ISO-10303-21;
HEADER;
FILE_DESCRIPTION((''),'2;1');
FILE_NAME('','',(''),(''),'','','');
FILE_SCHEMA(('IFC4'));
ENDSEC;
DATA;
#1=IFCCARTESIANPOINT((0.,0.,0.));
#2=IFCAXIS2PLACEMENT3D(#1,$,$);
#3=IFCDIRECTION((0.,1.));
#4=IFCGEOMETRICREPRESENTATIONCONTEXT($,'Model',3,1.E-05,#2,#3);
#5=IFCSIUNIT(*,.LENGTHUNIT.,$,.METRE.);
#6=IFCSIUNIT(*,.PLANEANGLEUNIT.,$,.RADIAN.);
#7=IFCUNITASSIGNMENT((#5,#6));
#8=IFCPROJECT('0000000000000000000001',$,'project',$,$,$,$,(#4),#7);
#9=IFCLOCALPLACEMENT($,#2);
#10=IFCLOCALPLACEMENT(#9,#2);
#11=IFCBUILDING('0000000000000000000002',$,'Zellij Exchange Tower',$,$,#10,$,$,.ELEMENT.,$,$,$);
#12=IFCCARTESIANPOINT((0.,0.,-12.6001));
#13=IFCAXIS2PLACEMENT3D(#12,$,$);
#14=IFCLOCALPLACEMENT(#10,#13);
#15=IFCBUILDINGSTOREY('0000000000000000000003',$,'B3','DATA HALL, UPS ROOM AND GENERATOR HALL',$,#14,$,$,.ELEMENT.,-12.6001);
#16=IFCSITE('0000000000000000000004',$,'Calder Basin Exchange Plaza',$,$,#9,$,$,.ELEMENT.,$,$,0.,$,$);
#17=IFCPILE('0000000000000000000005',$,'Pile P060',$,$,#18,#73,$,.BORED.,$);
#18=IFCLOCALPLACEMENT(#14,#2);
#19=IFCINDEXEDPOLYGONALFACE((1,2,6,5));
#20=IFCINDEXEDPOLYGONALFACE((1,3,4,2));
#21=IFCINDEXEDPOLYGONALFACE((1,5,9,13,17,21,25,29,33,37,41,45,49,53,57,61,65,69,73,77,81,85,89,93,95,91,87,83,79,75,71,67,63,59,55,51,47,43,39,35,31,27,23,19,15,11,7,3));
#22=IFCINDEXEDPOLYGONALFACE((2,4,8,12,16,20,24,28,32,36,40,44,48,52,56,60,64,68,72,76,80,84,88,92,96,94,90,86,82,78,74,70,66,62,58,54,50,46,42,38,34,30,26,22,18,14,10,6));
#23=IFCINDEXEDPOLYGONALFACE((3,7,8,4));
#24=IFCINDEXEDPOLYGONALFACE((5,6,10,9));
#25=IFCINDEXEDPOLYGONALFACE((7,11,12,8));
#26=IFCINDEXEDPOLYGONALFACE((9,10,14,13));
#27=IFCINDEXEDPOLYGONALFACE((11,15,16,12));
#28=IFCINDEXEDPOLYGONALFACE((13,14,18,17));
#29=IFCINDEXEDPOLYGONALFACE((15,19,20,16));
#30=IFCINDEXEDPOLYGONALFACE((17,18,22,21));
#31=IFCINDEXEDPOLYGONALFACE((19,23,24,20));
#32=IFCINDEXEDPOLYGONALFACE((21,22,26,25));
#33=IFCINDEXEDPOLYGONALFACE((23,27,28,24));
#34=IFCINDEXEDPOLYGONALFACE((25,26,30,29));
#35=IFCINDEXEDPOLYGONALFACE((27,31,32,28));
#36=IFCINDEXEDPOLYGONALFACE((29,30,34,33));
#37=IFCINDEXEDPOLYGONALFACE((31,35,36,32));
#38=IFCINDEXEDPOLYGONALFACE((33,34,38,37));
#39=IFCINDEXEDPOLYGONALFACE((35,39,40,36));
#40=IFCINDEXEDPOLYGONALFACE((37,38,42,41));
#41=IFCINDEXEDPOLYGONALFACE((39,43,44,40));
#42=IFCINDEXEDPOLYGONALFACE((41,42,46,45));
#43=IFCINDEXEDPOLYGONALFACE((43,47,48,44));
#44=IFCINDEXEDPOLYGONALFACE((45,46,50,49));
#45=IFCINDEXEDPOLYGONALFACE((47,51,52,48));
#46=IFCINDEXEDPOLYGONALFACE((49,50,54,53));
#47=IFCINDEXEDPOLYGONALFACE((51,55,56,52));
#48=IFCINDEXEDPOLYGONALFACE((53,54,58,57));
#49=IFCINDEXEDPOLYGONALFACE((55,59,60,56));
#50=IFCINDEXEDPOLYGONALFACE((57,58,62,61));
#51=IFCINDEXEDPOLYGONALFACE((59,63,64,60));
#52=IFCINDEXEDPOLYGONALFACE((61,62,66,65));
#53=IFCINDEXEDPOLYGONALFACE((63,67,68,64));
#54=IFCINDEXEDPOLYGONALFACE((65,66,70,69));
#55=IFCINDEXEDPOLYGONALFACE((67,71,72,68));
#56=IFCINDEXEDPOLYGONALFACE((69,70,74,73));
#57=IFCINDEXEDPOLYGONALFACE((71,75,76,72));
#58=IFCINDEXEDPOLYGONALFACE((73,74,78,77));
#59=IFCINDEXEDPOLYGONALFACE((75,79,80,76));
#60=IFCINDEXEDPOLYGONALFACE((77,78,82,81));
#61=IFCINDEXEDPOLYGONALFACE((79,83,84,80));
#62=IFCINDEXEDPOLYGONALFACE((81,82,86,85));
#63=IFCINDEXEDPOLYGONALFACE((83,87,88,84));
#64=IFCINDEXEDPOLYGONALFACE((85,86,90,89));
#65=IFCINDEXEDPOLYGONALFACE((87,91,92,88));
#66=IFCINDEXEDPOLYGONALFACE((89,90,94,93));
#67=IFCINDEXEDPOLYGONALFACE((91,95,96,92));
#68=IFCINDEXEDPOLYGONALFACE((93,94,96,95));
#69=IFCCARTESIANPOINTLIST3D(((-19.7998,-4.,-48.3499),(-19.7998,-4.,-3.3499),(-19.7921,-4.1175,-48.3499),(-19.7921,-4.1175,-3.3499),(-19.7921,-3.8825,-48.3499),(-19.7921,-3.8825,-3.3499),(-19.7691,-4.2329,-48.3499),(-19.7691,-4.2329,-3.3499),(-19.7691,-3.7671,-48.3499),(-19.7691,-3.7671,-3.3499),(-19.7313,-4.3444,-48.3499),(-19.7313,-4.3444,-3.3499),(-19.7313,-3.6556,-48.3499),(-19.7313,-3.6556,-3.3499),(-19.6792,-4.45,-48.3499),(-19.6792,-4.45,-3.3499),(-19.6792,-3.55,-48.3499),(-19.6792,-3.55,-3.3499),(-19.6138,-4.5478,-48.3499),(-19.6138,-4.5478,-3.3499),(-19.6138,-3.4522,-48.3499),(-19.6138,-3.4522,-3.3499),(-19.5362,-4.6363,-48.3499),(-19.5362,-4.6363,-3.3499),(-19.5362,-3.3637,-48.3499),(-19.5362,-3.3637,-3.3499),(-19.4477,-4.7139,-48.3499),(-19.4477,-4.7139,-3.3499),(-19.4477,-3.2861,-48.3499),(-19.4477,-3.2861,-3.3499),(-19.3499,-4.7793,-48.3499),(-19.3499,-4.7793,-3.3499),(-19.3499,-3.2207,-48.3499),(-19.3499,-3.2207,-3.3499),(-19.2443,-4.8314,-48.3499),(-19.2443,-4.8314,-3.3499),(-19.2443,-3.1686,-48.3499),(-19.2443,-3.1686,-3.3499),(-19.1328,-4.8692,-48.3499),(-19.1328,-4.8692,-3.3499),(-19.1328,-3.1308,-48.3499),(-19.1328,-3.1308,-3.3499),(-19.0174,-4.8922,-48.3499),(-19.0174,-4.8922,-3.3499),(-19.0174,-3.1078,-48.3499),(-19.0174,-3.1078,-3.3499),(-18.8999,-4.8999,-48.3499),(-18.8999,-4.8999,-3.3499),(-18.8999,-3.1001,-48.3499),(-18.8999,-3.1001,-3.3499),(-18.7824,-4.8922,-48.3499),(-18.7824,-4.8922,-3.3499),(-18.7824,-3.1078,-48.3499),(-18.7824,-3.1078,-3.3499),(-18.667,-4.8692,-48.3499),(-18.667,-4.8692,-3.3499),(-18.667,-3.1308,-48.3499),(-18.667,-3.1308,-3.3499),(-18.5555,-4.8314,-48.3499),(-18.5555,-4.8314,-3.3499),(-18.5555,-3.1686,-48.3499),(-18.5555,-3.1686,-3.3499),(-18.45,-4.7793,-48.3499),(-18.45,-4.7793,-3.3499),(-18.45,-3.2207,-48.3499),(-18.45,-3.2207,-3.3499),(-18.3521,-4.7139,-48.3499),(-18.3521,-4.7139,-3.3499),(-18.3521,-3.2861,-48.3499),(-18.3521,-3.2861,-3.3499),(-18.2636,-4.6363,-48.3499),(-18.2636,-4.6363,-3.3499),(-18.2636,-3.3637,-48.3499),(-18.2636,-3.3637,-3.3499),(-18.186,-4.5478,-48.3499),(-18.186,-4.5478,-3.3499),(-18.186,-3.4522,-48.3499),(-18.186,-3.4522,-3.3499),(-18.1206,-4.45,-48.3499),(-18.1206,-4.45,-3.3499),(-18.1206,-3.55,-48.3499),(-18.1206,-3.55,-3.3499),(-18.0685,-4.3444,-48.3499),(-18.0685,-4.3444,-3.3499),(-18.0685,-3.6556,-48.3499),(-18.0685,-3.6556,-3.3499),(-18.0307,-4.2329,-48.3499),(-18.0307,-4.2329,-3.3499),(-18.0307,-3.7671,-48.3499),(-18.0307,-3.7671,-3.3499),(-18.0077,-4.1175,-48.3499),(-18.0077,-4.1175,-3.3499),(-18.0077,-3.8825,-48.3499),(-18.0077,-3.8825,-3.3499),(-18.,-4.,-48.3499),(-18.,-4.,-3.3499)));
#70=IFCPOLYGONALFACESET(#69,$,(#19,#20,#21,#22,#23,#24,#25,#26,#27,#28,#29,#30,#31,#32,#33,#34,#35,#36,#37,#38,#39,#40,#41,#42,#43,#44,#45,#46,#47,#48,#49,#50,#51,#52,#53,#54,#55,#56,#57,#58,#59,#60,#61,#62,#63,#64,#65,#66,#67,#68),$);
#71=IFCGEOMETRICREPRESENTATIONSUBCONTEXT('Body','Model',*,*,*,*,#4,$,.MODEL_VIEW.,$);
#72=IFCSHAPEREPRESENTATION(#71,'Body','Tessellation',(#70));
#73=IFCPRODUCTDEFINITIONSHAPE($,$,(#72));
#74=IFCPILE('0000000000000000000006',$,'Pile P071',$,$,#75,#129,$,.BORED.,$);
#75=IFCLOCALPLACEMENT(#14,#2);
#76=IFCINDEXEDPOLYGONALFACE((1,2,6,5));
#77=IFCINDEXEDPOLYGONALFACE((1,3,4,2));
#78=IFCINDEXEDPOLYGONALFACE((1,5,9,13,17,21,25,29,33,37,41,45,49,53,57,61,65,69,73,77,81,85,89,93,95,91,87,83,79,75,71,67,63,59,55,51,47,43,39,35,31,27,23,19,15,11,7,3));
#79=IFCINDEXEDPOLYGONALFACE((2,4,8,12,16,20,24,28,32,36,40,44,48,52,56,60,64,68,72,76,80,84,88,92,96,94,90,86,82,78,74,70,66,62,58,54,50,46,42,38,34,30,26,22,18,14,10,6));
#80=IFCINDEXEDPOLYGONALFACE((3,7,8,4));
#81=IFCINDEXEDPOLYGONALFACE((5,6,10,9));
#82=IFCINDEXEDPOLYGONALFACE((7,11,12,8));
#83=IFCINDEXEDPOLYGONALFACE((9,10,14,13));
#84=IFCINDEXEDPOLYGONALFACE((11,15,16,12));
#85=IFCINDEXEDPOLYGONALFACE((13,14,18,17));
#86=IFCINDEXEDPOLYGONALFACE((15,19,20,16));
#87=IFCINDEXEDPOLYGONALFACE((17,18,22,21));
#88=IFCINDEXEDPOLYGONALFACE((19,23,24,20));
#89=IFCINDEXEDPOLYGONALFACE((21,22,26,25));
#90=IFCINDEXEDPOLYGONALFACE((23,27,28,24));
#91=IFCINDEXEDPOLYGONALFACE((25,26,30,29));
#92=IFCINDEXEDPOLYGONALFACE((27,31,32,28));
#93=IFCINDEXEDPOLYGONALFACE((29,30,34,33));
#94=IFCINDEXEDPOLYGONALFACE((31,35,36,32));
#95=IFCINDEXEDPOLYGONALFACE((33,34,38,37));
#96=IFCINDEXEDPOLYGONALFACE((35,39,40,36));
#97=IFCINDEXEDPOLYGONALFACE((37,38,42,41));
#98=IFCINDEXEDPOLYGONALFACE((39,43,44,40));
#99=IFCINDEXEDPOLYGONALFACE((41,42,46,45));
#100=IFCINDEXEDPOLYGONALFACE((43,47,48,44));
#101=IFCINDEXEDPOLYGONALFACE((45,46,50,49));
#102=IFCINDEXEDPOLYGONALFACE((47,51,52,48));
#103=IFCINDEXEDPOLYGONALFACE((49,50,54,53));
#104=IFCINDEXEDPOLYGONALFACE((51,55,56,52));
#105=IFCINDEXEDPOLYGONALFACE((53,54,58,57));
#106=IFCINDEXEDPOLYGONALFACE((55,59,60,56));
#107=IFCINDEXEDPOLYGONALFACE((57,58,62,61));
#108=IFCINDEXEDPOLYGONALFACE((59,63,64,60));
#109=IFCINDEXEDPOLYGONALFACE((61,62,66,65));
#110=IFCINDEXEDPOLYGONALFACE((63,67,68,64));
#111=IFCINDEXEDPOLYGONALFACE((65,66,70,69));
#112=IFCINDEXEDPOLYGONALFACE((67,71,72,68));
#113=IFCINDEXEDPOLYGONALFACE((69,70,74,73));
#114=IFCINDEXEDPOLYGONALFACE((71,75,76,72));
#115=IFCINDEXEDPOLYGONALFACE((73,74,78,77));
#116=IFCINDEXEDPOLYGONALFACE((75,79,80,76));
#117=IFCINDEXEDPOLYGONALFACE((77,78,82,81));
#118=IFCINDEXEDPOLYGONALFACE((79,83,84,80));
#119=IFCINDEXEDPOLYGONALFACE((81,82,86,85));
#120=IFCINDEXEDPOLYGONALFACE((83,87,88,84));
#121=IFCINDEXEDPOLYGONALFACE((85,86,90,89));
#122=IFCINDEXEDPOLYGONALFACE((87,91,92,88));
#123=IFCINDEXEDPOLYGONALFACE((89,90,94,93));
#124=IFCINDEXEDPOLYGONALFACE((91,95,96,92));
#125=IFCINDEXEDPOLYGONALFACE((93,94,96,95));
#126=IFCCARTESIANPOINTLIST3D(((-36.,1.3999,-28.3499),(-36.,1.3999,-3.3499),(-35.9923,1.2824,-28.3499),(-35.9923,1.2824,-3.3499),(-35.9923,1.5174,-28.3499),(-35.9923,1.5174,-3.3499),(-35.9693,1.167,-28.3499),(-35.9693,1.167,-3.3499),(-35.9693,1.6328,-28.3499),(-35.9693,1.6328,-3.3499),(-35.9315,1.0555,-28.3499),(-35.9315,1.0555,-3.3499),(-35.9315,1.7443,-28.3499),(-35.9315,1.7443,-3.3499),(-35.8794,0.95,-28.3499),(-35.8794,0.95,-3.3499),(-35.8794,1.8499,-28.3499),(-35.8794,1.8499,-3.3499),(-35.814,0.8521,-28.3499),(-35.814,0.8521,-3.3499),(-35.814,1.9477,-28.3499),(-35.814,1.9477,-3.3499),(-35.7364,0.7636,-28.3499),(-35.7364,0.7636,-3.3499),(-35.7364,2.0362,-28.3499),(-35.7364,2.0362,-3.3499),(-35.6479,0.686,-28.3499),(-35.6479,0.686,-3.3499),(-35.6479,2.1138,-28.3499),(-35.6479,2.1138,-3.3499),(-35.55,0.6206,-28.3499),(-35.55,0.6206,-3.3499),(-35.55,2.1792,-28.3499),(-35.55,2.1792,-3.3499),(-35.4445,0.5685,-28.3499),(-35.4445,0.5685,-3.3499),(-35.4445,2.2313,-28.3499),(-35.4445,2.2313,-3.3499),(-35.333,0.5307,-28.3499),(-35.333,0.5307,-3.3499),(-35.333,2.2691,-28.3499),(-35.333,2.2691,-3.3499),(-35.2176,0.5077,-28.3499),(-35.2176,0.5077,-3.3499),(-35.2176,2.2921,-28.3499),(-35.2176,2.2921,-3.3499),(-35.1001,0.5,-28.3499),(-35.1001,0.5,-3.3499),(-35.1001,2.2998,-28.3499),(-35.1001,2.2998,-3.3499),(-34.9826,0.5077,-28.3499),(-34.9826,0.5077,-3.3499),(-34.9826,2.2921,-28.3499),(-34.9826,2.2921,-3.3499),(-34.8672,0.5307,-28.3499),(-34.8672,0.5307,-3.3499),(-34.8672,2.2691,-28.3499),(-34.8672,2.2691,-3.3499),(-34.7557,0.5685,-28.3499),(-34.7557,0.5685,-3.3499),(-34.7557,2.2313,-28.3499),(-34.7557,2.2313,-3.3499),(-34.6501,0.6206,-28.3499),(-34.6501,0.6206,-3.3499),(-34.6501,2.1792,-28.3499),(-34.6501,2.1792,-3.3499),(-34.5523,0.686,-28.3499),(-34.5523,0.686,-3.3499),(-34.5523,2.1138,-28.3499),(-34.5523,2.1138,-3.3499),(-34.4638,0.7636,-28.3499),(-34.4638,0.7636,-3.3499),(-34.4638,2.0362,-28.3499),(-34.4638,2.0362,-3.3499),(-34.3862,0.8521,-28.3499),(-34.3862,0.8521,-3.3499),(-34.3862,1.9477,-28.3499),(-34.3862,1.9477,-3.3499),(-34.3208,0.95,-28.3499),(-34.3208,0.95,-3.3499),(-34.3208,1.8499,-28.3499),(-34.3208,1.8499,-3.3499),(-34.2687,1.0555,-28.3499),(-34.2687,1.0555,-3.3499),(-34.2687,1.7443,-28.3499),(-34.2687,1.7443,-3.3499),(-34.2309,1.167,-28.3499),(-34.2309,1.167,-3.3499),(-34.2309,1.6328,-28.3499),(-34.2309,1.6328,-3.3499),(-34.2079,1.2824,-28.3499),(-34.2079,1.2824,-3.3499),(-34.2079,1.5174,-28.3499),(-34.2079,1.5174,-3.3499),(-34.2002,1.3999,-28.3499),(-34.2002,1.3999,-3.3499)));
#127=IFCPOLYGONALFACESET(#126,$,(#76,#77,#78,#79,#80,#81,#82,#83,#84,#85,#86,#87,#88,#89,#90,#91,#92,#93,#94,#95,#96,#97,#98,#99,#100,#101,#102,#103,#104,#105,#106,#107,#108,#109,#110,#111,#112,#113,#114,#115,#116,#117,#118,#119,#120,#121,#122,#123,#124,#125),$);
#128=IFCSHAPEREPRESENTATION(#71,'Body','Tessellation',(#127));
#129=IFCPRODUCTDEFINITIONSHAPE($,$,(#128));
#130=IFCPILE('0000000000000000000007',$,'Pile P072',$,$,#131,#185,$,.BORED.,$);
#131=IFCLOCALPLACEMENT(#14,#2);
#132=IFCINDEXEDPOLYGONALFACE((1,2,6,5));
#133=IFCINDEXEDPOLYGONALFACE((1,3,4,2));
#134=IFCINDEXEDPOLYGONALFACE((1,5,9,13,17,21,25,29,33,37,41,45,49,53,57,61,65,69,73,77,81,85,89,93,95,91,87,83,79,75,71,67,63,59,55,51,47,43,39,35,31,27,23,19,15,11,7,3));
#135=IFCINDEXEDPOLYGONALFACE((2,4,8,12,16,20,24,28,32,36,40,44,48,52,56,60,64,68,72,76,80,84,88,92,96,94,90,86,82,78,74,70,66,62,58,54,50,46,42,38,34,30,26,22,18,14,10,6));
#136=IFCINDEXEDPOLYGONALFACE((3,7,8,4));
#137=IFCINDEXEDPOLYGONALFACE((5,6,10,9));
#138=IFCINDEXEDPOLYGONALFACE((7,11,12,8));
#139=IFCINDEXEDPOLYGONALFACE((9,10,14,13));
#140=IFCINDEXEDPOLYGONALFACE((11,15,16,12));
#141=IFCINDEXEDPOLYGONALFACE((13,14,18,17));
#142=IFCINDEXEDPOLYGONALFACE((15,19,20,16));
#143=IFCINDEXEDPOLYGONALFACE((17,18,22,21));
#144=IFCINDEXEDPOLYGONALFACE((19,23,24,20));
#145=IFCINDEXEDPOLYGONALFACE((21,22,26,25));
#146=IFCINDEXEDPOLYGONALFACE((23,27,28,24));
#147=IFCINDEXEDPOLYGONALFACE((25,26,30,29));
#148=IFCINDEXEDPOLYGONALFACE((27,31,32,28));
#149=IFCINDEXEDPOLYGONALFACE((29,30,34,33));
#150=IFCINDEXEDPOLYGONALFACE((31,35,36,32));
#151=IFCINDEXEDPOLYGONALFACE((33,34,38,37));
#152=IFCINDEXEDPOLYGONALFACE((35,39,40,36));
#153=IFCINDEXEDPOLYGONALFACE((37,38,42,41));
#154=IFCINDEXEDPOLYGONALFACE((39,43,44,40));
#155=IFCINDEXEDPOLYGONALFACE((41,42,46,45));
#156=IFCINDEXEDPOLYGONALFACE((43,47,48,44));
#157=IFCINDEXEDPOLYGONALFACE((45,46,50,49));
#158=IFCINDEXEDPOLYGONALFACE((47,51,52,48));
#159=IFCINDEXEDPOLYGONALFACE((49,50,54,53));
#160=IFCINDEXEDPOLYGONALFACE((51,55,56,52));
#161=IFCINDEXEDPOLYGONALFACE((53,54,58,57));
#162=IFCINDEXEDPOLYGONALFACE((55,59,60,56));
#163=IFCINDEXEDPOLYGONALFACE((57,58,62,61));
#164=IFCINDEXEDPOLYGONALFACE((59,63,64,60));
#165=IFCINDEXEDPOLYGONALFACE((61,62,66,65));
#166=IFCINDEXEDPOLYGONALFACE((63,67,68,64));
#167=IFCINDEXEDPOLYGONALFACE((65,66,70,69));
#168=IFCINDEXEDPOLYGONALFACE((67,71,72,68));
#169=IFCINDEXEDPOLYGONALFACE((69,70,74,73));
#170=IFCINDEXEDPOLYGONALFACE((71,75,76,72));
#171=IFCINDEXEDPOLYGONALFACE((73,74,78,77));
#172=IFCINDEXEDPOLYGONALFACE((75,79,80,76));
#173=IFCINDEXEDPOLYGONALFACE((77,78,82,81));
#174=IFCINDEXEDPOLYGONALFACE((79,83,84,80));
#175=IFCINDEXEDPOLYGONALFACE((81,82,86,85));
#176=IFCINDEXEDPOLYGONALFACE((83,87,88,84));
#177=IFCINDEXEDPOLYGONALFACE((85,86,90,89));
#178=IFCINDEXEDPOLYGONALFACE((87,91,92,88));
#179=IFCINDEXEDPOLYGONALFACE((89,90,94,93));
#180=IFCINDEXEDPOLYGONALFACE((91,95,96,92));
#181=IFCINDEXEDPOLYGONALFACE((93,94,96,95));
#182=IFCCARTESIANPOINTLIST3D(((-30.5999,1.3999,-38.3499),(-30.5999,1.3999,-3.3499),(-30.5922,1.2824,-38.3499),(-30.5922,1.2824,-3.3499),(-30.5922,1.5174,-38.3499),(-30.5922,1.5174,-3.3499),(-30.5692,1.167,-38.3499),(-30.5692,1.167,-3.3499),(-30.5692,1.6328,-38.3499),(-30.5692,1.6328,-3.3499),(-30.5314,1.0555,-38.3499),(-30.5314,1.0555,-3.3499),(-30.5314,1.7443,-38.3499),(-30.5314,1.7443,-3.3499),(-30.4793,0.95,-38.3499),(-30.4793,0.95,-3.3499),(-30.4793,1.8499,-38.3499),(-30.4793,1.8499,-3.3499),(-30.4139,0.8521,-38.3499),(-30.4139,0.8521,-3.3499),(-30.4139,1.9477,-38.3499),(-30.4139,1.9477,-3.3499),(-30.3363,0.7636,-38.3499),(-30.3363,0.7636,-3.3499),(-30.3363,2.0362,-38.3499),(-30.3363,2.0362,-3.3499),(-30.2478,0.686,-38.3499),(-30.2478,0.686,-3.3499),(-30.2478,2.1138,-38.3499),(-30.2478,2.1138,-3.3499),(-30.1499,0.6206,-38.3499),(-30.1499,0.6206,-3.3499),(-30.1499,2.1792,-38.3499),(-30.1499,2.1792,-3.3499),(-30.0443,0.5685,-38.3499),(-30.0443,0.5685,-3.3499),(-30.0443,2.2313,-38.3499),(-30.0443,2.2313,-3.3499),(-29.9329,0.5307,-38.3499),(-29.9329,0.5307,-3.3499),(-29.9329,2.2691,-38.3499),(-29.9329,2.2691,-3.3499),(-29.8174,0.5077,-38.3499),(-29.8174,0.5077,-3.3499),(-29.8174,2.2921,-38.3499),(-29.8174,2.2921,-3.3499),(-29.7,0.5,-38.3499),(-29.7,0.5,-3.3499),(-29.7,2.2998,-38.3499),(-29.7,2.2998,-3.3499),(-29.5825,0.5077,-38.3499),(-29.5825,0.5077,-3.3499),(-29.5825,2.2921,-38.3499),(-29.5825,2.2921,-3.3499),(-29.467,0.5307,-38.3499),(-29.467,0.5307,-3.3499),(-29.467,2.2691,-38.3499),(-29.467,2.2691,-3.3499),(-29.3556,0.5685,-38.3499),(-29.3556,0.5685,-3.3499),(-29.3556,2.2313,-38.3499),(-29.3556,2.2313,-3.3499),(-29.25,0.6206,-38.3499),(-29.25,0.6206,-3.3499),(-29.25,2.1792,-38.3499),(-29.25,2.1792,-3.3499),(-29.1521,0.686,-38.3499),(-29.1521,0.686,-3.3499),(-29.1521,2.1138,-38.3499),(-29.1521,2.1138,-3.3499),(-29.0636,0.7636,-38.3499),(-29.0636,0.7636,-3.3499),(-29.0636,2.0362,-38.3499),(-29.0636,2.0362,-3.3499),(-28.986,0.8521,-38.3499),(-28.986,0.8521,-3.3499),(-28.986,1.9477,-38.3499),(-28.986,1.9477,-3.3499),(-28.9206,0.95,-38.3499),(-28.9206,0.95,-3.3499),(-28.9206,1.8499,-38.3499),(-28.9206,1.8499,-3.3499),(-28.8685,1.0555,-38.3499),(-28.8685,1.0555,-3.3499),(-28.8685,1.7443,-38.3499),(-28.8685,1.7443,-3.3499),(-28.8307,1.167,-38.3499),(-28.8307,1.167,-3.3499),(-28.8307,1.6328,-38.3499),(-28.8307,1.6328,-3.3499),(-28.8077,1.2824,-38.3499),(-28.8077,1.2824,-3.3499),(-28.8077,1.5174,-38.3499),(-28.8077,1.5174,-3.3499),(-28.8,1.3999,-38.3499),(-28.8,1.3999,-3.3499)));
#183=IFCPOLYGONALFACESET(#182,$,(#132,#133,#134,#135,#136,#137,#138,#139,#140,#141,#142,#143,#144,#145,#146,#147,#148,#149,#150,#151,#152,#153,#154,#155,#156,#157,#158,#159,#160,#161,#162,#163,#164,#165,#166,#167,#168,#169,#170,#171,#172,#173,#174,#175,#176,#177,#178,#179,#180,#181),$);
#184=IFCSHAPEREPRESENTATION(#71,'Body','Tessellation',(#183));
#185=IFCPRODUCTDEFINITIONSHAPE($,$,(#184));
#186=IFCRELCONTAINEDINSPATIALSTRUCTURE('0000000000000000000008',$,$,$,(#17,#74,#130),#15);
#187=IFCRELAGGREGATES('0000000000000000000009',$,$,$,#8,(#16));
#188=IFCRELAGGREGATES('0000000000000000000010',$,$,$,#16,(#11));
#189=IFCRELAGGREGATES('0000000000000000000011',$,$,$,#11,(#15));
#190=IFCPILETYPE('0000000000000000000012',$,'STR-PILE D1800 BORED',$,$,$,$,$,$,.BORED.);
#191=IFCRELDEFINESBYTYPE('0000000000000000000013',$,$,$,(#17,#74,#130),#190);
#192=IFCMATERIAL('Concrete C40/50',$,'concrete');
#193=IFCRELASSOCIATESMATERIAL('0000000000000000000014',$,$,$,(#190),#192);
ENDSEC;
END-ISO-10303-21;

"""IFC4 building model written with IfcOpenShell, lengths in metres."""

from ifc_helpers import new_model, si_unit, direction, frame, origin, origin_2d, place, context, subcontext, project, spatial, circle, extrude, material, material_profile, profile_set, type_object, element, save


model = new_model("IFC4")

# Units and contexts
model_context = context("Model", 3, precision=1e-05, world=origin(), true_north=direction((0.0, 1.0)))
body_context = subcontext(model_context, "Body", "Model", "MODEL_VIEW")
ifc_project = project(units=[si_unit("LENGTHUNIT", "METRE"), si_unit("PLANEANGLEUNIT", "RADIAN")], contexts=[model_context])

# Site, building, storey
site_placement = place(None, origin())
site = spatial("IfcSite", under=ifc_project, at=site_placement, Name="Calder Basin Exchange Plaza", CompositionType="ELEMENT", RefElevation=0.0)
building_placement = place(site_placement, origin())
building = spatial("IfcBuilding", under=site, at=building_placement, Name="Zellij Exchange Tower", CompositionType="ELEMENT")
storey_placement = place(building_placement, frame((0.0, 0.0, -12.6001)))
storey = spatial("IfcBuildingStorey", under=building, at=storey_placement, Name="B3", Description="DATA HALL, UPS ROOM AND GENERATOR HALL", CompositionType="ELEMENT", Elevation=-12.6001)

# Piles
ifc_material_1 = material(Name="Concrete C40/50", Category="concrete")
ifc_material_profile_1 = material_profile(ifc_material_1, circle(Radius=0.8999, at=origin_2d()), Name="STR-PILE D1800 BORED")
ifc_profile_set_1 = profile_set([ifc_material_profile_1], Name="Concrete C40/50")
pile_type = type_object("IfcPileType", Name="STR-PILE D1800 BORED", PredefinedType="BORED", material=ifc_profile_set_1)
for number, where, z_axis, x_axis, name in (
    (1, (-18.8999, -4.0, -3.3499), (0.0, 0.0, -1.0), (1.0, 0.0, 0.0), "Pile P060"),
):
    element("IfcPile", number, at=place(storey_placement, frame(where, z_axis=z_axis, x_axis=x_axis)), inside=storey, type_object=pile_type, Name=name, PredefinedType="BORED", context=body_context, shape_type="SweptSolid", body=[
        extrude(circle(Radius=0.8999, at=origin_2d()), origin(), (0.0, 0.0, 1.0), 45.0),
    ])
pile_1_placement = place(storey_placement, frame((-35.1001, 1.3999, -3.3499), z_axis=(0.0, 0.0, -1.0), x_axis=(1.0, 0.0, 0.0)))
element("IfcPile", 2, at=pile_1_placement, inside=storey, type_object=pile_type, Name="Pile P071", PredefinedType="BORED", context=body_context, shape_type="SweptSolid", body=[
    extrude(circle(Radius=0.8999, at=origin_2d()), origin(), (0.0, 0.0, 1.0), 25.0),
])
for number, where, z_axis, x_axis, name in (
    (3, (-29.7, 1.3999, -3.3499), (0.0, 0.0, -1.0), (1.0, 0.0, 0.0), "Pile P072"),
):
    element("IfcPile", number, at=place(storey_placement, frame(where, z_axis=z_axis, x_axis=x_axis)), inside=storey, type_object=pile_type, Name=name, PredefinedType="BORED", context=body_context, shape_type="SweptSolid", body=[
        extrude(circle(Radius=0.8999, at=origin_2d()), origin(), (0.0, 0.0, 1.0), 35.0),
    ])

save(model, "model.ifc")
